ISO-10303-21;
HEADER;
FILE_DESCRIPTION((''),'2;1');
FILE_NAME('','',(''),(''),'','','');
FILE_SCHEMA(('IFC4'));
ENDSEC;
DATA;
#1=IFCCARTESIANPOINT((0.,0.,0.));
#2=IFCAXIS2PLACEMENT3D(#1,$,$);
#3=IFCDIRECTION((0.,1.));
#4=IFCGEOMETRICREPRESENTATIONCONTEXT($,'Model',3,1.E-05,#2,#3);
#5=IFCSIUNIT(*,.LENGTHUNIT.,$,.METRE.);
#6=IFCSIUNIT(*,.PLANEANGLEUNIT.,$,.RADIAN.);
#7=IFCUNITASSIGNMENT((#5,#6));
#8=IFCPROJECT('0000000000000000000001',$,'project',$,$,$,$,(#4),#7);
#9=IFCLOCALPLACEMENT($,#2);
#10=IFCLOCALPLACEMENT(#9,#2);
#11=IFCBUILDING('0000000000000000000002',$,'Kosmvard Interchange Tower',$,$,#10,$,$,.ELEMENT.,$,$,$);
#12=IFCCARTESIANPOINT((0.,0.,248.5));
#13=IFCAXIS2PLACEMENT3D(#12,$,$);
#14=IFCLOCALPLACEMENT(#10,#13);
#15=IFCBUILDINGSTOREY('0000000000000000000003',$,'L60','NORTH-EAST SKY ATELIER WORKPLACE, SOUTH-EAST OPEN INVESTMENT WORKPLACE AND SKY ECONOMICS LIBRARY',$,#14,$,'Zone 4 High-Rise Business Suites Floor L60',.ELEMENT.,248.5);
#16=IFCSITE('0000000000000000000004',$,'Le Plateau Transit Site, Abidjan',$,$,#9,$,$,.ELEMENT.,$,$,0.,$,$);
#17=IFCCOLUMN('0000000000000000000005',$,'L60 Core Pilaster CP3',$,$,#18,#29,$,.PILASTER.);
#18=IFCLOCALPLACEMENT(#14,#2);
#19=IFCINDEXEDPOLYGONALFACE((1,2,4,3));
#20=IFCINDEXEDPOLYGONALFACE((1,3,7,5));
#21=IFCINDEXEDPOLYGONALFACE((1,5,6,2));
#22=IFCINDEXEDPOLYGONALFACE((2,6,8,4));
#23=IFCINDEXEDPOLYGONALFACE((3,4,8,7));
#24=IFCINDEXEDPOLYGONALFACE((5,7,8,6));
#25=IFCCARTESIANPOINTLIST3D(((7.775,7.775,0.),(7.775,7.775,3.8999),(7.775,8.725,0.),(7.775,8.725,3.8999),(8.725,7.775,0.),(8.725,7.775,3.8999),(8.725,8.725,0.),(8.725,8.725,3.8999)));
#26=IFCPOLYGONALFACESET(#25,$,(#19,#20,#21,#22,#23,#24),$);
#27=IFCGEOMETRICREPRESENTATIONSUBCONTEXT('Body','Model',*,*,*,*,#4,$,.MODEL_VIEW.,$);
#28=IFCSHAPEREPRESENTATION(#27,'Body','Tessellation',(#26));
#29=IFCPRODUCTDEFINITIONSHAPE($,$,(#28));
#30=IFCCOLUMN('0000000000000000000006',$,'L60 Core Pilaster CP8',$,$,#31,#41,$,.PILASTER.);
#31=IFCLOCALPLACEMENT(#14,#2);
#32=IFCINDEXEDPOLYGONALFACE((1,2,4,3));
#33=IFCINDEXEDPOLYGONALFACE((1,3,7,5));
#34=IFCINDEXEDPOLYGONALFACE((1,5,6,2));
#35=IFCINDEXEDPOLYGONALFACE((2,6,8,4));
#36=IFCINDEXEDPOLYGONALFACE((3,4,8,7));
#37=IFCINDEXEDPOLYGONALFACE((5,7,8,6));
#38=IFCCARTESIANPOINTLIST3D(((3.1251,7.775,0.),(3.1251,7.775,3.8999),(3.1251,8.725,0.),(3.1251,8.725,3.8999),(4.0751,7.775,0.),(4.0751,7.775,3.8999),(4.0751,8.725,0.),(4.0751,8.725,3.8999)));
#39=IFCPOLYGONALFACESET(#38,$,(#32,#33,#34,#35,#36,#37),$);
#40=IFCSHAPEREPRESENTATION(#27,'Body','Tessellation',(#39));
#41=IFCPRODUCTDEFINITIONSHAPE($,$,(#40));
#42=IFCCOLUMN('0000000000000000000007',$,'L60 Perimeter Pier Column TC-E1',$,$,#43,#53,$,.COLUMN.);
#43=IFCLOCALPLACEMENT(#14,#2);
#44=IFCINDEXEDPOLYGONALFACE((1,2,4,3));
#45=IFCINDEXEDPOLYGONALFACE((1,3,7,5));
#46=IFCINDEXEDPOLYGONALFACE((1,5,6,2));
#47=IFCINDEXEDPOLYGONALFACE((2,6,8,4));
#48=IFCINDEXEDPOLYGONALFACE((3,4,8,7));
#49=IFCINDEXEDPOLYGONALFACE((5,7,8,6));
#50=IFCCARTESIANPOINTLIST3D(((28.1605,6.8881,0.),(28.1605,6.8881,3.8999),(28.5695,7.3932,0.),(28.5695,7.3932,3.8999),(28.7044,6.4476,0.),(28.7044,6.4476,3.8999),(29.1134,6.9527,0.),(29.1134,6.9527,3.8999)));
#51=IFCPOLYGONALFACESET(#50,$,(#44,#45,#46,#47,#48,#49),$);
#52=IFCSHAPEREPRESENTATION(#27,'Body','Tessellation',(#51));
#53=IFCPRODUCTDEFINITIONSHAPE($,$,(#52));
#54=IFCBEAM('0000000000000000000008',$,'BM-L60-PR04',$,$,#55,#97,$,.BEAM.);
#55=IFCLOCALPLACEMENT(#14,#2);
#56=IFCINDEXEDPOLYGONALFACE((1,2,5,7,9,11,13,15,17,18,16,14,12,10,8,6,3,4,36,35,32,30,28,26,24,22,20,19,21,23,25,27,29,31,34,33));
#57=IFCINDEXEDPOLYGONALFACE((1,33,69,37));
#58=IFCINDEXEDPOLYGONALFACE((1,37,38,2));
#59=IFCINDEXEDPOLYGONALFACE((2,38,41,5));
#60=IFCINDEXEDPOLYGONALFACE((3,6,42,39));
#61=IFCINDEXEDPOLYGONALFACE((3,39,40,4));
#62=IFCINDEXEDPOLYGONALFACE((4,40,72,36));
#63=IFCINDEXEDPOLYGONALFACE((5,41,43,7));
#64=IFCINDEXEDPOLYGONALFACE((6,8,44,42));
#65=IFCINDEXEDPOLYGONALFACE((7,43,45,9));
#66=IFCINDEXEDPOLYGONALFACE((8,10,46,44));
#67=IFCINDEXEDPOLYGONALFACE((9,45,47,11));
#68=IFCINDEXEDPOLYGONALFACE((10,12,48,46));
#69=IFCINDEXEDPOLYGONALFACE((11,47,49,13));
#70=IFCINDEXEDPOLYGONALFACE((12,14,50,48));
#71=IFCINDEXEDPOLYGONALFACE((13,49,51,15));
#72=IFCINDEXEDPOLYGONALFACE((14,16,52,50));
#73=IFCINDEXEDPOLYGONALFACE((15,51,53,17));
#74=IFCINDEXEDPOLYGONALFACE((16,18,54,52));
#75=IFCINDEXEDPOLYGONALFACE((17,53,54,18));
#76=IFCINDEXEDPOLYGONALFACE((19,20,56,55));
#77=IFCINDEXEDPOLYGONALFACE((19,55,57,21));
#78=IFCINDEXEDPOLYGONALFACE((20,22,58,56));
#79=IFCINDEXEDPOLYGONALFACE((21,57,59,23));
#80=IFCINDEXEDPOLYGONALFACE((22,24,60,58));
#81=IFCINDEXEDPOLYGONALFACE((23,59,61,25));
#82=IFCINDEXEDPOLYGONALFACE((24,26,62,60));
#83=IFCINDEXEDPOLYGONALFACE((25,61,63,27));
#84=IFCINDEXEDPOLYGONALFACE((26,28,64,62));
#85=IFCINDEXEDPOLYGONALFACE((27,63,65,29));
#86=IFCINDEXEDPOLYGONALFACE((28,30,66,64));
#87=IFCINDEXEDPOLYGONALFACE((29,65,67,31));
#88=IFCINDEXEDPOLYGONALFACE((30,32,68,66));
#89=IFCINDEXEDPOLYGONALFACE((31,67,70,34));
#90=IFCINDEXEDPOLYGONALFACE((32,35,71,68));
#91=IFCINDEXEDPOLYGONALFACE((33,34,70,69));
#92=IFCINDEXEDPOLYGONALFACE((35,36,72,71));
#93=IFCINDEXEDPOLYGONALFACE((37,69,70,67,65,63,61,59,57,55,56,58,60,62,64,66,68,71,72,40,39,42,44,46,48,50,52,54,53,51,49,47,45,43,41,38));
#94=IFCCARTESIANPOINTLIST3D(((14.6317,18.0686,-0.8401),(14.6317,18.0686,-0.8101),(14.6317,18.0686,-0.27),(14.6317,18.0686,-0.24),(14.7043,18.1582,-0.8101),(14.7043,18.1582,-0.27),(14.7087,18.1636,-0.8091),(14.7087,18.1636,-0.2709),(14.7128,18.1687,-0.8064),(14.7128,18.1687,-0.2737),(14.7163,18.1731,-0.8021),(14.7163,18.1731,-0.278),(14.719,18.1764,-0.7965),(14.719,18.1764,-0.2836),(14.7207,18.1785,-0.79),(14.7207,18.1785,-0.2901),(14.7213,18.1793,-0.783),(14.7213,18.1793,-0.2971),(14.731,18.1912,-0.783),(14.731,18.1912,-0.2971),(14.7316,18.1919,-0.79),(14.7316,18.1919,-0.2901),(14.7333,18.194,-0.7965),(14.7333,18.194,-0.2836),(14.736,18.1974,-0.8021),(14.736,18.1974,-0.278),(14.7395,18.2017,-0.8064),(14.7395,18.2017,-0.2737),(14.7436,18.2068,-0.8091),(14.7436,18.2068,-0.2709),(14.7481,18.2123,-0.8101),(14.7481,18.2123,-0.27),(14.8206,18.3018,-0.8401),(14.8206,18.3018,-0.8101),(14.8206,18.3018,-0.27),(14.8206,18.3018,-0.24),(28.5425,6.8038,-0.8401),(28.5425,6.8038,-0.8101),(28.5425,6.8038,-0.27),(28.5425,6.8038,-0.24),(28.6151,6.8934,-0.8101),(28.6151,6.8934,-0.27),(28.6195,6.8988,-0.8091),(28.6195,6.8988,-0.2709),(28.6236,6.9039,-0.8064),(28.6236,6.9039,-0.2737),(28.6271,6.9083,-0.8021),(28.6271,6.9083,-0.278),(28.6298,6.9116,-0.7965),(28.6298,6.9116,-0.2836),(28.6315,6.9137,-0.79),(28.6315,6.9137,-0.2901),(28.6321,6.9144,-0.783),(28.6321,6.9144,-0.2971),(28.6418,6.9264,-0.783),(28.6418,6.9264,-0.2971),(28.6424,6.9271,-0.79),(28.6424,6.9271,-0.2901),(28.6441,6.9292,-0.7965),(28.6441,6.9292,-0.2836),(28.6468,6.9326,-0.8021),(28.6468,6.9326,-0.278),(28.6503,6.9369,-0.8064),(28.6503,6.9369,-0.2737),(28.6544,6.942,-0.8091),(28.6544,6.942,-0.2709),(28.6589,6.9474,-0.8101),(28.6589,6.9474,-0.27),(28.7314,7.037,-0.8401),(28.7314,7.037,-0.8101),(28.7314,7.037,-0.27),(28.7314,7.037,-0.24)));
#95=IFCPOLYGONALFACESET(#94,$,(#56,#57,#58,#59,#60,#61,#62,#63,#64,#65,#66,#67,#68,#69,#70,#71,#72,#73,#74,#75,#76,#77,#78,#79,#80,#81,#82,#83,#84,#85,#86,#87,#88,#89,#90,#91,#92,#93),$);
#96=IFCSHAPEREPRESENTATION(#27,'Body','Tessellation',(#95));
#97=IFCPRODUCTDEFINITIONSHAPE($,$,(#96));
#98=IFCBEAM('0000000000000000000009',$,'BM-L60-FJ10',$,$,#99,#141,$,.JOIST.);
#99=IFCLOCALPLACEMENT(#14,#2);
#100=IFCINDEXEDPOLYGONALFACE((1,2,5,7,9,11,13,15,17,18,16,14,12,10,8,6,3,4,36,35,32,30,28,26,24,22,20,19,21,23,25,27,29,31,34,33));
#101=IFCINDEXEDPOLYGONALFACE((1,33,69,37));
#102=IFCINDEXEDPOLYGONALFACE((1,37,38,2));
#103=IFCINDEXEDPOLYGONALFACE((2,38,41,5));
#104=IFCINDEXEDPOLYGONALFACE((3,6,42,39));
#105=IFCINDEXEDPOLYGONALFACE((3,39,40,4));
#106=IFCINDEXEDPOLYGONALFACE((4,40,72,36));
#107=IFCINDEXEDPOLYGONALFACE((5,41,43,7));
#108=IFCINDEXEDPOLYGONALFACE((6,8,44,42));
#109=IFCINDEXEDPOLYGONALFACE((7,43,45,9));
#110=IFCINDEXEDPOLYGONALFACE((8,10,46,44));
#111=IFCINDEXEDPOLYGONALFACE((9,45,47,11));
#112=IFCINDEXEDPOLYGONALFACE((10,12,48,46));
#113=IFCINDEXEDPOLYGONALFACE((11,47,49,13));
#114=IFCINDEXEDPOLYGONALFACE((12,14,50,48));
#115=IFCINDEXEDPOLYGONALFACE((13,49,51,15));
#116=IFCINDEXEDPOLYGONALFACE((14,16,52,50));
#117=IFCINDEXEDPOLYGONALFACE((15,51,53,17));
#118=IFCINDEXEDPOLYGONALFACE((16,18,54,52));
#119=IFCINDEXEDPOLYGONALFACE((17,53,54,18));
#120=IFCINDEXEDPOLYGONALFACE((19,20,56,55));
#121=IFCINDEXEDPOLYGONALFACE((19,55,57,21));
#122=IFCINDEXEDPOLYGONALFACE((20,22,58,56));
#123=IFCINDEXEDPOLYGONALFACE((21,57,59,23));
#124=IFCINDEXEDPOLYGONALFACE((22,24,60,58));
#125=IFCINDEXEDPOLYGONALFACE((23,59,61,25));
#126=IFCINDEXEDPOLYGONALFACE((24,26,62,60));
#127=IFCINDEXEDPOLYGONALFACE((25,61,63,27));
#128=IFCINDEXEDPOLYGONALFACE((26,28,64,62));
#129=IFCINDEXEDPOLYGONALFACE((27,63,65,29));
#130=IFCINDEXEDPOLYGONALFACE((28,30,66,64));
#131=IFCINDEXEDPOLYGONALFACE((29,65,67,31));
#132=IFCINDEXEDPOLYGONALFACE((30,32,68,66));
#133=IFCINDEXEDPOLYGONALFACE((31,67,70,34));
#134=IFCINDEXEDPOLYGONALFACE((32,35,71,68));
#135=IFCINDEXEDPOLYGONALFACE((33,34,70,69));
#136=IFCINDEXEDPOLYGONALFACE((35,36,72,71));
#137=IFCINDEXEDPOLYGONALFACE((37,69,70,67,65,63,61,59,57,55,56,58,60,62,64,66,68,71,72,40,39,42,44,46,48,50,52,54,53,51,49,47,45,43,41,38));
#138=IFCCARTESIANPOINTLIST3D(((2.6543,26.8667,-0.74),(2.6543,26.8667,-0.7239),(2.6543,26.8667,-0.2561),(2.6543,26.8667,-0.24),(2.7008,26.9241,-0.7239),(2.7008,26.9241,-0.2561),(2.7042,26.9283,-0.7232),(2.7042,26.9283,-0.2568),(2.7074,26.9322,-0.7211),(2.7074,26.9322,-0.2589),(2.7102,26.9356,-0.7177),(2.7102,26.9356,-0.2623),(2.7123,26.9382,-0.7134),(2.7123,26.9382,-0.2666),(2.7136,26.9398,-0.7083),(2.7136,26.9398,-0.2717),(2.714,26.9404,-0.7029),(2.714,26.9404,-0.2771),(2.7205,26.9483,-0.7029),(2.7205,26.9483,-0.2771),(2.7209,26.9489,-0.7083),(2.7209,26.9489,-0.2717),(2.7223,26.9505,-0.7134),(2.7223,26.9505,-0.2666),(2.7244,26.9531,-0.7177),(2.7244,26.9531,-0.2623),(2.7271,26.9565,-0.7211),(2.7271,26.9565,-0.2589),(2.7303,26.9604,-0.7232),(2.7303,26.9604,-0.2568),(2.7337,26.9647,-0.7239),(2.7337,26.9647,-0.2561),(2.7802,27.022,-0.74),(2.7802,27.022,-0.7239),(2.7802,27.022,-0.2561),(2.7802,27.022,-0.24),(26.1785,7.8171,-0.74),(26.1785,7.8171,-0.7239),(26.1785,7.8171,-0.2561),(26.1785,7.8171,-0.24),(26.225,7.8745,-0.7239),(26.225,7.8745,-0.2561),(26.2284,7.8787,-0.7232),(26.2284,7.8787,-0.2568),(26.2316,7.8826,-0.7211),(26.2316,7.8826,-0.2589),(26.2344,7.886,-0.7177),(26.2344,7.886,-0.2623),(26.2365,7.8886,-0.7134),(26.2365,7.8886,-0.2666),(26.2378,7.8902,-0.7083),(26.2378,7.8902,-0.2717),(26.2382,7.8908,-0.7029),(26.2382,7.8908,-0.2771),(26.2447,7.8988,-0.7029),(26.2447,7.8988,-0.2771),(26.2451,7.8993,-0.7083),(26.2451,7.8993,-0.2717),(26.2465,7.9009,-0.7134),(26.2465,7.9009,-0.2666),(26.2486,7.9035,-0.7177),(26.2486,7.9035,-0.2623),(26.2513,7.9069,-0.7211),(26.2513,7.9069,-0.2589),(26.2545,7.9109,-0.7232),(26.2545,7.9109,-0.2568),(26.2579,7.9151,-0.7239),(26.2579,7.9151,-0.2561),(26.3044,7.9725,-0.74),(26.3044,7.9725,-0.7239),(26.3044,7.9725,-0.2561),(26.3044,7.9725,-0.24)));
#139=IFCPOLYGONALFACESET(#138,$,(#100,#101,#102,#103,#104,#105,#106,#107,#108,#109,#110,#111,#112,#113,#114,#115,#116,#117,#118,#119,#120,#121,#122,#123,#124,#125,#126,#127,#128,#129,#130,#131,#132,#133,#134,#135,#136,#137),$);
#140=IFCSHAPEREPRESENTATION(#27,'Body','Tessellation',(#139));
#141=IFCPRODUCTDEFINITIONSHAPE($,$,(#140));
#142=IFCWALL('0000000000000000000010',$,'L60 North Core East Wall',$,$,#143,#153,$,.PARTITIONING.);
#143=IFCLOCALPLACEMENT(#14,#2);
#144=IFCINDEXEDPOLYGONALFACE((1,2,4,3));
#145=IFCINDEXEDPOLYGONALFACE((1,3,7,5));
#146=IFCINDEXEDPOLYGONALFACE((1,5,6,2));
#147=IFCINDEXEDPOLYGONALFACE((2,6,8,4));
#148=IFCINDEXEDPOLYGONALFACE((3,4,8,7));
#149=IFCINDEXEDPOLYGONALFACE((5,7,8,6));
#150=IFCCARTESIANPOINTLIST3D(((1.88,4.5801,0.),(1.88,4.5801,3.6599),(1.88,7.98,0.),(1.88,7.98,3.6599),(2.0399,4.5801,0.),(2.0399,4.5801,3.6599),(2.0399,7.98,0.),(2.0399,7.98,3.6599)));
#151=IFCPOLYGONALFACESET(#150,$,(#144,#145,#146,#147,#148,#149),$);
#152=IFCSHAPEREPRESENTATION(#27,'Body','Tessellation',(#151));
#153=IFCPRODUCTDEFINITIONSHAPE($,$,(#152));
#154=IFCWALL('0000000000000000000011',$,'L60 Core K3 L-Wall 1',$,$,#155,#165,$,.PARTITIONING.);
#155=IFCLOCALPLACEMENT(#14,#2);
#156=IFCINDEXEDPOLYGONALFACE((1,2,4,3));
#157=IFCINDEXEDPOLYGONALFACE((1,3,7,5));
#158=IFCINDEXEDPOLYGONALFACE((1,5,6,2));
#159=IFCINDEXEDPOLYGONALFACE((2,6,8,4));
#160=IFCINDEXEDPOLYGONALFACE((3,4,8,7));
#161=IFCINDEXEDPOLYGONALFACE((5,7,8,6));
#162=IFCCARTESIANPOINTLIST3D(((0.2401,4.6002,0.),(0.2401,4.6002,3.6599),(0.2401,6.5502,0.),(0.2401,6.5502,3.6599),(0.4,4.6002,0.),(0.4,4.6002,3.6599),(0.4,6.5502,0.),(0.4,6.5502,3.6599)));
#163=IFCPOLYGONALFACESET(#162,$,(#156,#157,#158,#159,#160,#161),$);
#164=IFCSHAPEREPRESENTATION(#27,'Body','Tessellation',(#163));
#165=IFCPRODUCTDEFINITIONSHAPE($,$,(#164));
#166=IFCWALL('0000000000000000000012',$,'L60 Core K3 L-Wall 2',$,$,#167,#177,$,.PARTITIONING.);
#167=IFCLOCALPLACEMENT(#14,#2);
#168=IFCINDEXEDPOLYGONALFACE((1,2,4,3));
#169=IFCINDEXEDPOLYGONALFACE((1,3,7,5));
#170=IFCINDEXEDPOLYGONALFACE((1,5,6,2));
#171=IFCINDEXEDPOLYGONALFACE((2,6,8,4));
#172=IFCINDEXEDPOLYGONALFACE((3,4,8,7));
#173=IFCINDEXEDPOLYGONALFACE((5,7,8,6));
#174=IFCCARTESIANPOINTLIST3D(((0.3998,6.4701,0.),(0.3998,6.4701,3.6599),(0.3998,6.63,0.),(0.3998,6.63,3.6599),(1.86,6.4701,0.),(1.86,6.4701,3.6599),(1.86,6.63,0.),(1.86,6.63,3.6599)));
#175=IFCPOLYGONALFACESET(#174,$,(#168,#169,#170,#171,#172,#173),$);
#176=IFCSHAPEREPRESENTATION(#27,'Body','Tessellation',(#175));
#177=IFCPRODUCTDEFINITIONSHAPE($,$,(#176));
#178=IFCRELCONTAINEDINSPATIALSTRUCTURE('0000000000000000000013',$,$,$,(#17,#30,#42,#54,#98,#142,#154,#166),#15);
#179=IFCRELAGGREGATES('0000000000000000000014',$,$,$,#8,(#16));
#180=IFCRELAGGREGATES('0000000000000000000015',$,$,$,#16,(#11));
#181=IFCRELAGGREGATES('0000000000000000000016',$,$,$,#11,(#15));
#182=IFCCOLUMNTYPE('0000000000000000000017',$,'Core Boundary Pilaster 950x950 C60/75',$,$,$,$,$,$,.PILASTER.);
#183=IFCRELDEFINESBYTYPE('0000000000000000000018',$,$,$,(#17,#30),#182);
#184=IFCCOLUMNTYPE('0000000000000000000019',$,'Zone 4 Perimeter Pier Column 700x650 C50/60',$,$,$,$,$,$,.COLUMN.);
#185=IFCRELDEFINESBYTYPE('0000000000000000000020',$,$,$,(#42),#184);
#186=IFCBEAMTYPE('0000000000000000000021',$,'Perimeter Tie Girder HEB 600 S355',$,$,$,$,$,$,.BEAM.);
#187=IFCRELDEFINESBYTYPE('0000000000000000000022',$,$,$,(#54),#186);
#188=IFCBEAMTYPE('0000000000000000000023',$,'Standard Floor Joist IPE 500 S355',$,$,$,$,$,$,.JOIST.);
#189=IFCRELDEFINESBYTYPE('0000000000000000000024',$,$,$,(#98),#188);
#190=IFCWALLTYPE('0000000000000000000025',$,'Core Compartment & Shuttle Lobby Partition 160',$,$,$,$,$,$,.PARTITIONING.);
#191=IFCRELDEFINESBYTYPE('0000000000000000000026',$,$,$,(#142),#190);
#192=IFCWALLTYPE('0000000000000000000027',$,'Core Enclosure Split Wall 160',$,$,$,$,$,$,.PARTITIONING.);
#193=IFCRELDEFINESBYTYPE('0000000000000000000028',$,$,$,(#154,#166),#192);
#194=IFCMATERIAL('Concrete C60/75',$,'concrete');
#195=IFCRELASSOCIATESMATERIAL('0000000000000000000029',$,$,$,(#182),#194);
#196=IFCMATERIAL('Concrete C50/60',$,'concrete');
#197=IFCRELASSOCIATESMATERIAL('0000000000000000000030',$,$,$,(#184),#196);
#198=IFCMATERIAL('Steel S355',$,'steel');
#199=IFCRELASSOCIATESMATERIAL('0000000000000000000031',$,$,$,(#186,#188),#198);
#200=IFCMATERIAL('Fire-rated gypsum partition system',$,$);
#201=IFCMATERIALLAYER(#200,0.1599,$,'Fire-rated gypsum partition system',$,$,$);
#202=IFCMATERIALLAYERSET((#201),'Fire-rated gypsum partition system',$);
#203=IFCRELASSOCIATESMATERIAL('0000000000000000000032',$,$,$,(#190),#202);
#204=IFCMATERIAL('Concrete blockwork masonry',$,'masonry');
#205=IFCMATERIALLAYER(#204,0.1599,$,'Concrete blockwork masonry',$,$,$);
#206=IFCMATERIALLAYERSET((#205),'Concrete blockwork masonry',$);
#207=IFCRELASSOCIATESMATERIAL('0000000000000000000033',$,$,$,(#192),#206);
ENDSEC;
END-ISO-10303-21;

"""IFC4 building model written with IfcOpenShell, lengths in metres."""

from ifc_helpers import new_model, si_unit, direction, frame, frame_2d, origin, origin_2d, place, context, subcontext, project, spatial, rectangle, i_section, extrude, source, transform, mapped, material, layer, layer_set, material_profile, profile_set, type_object, element, save


model = new_model("IFC4")

# Units and contexts
model_context = context("Model", 3, precision=1e-05, world=origin(), true_north=direction((0.0, 1.0)))
body_context = subcontext(model_context, "Body", "Model", "MODEL_VIEW")
ifc_project = project(units=[si_unit("LENGTHUNIT", "METRE"), si_unit("PLANEANGLEUNIT", "RADIAN")], contexts=[model_context])

# Site, building, storey
site_placement = place(None, origin())
site = spatial("IfcSite", under=ifc_project, at=site_placement, Name="Le Plateau Transit Site, Abidjan", CompositionType="ELEMENT", RefElevation=0.0)
building_placement = place(site_placement, origin())
building = spatial("IfcBuilding", under=site, at=building_placement, Name="Kosmvard Interchange Tower", CompositionType="ELEMENT")
storey_placement = place(building_placement, frame((0.0, 0.0, 248.5)))
storey = spatial("IfcBuildingStorey", under=building, at=storey_placement, Name="L60", Description="NORTH-EAST SKY ATELIER WORKPLACE, SOUTH-EAST OPEN INVESTMENT WORKPLACE AND SKY ECONOMICS LIBRARY", LongName="Zone 4 High-Rise Business Suites Floor L60", CompositionType="ELEMENT", Elevation=248.5)

# Columns
ifc_material_1 = material(Name="Concrete C60/75", Category="concrete")
ifc_material_profile_1 = material_profile(ifc_material_1, rectangle(XDim=0.95, YDim=0.95, at=origin_2d()), Name="CP 950x950")
ifc_profile_set_1 = profile_set([ifc_material_profile_1], Name="Concrete C60/75")
column_type_1 = type_object("IfcColumnType", Name="Core Boundary Pilaster 950x950 C60/75", PredefinedType="PILASTER", material=ifc_profile_set_1)
shared_shape_1 = source(origin(), body_context, "Body", "SweptSolid", [
    extrude(rectangle(XDim=0.95, YDim=0.95, at=origin_2d()), origin(), (0.0, 0.0, 1.0), 3.8999),
])
for number, where, z_axis, x_axis, name in (
    (1, (8.25, 8.25, 0.0), (0.0, 0.0, 1.0), (1.0, 0.0, 0.0), "L60 Core Pilaster CP3"),
    (2, (3.6001, 8.25, 0.0), (0.0, 0.0, 1.0), (1.0, 0.0, 0.0), "L60 Core Pilaster CP8"),
):
    element("IfcColumn", number, at=place(storey_placement, frame(where, z_axis=z_axis, x_axis=x_axis)), inside=storey, type_object=column_type_1, Name=name, PredefinedType="PILASTER", context=body_context, shape_type="MappedRepresentation", body=[
        mapped(shared_shape_1, transform((0.0, 0.0, 0.0), scale=1.0)),
    ])
ifc_material_2 = material(Name="Concrete C50/60", Category="concrete")
ifc_material_profile_2 = material_profile(ifc_material_2, rectangle(XDim=0.6499, YDim=0.7, at=origin_2d()), Name="TC 700x650")
ifc_profile_set_2 = profile_set([ifc_material_profile_2], Name="Concrete C50/60")
column_type_2 = type_object("IfcColumnType", Name="Zone 4 Perimeter Pier Column 700x650 C50/60", PredefinedType="COLUMN", material=ifc_profile_set_2)
shared_shape_2 = source(origin(), body_context, "Body", "SweptSolid", [
    extrude(rectangle(XDim=0.6499, YDim=0.7, at=origin_2d()), origin(), (0.0, 0.0, 1.0), 3.8999),
])
column_placement = place(storey_placement, frame((28.637, 6.9204, 0.0), z_axis=(0.0, 0.0, 1.0), x_axis=(0.62932, 0.777146, 0.0)))
element("IfcColumn", 3, at=column_placement, inside=storey, type_object=column_type_2, Name="L60 Perimeter Pier Column TC-E1", PredefinedType="COLUMN", context=body_context, shape_type="MappedRepresentation", body=[
    mapped(shared_shape_2, transform((0.0, 0.0, 0.0), scale=1.0)),
])

# Beams
ifc_material_3 = material(Name="Steel S355", Category="steel")
ifc_material_profile_3 = material_profile(ifc_material_3, i_section(OverallWidth=0.3, OverallDepth=0.6001, WebThickness=0.0154, FlangeThickness=0.03, FilletRadius=0.0271, at=origin_2d()), Name="HEB 600")
ifc_profile_set_3 = profile_set([ifc_material_profile_3], Name="Steel S355")
beam_type_1 = type_object("IfcBeamType", Name="Perimeter Tie Girder HEB 600 S355", PredefinedType="BEAM", material=ifc_profile_set_3)
shared_shape_3 = source(origin(), body_context, "Body", "SweptSolid", [
    extrude(i_section(OverallWidth=0.3, OverallDepth=0.6001, WebThickness=0.0154, FlangeThickness=0.03, FilletRadius=0.0271, at=origin_2d()), origin(), (0.0, 0.0, 1.0), 17.8999),
])
beam_1_placement = place(storey_placement, frame((28.637, 6.9204, -0.54), z_axis=(-0.777144, 0.629323, 0.0), x_axis=(-0.629323, -0.777144, 0.0)))
element("IfcBeam", 4, at=beam_1_placement, inside=storey, type_object=beam_type_1, Name="BM-L60-PR04", PredefinedType="BEAM", context=body_context, shape_type="MappedRepresentation", body=[
    mapped(shared_shape_3, transform((0.0, 0.0, 0.0), scale=1.0)),
])
ifc_material_profile_4 = material_profile(ifc_material_3, i_section(OverallWidth=0.2, OverallDepth=0.5, WebThickness=0.0103, FlangeThickness=0.0161, FilletRadius=0.021, at=origin_2d()), Name="IPE 500")
ifc_profile_set_4 = profile_set([ifc_material_profile_4], Name="Steel S355")
beam_type_2 = type_object("IfcBeamType", Name="Standard Floor Joist IPE 500 S355", PredefinedType="JOIST", material=ifc_profile_set_4)
shared_shape_4 = source(origin(), body_context, "Body", "SweptSolid", [
    extrude(i_section(OverallWidth=0.2, OverallDepth=0.5, WebThickness=0.0103, FlangeThickness=0.0161, FilletRadius=0.021, at=origin_2d()), origin(), (0.0, 0.0, 1.0), 30.27),
])
beam_2_placement = place(storey_placement, frame((26.2415, 7.8948, -0.49), z_axis=(-0.777145, 0.629322, 0.0), x_axis=(-0.629322, -0.777145, 0.0)))
element("IfcBeam", 5, at=beam_2_placement, inside=storey, type_object=beam_type_2, Name="BM-L60-FJ10", PredefinedType="JOIST", context=body_context, shape_type="MappedRepresentation", body=[
    mapped(shared_shape_4, transform((0.0, 0.0, 0.0), scale=1.0)),
])

# Walls
ifc_material_4 = material(Name="Fire-rated gypsum partition system")
ifc_layer_1 = layer(ifc_material_4, 0.1599, Name="Fire-rated gypsum partition system")
ifc_layer_set_1 = layer_set([ifc_layer_1], Name="Fire-rated gypsum partition system")
wall_type_1 = type_object("IfcWallType", Name="Core Compartment & Shuttle Lobby Partition 160", PredefinedType="PARTITIONING", material=ifc_layer_set_1)
wall_1_placement = place(storey_placement, frame((1.96, 4.5801, 0.0), z_axis=(0.0, 0.0, 1.0), x_axis=(0.0, 1.0, 0.0)))
element("IfcWall", 6, at=wall_1_placement, inside=storey, type_object=wall_type_1, Name="L60 North Core East Wall", PredefinedType="PARTITIONING", context=body_context, shape_type="SweptSolid", body=[
    extrude(rectangle(XDim=3.3999, YDim=0.1599, at=frame_2d((1.7, 0.0))), origin(), (0.0, 0.0, 1.0), 3.6599),
])
ifc_material_5 = material(Name="Concrete blockwork masonry", Category="masonry")
ifc_layer_2 = layer(ifc_material_5, 0.1599, Name="Concrete blockwork masonry")
ifc_layer_set_2 = layer_set([ifc_layer_2], Name="Concrete blockwork masonry")
wall_type_2 = type_object("IfcWallType", Name="Core Enclosure Split Wall 160", PredefinedType="PARTITIONING", material=ifc_layer_set_2)
wall_2_placement = place(storey_placement, frame((0.3201, 4.6001, 0.0), z_axis=(0.0, 0.0, 1.0), x_axis=(0.0, 1.0, 0.0)))
element("IfcWall", 7, at=wall_2_placement, inside=storey, type_object=wall_type_2, Name="L60 Core K3 L-Wall 1", PredefinedType="PARTITIONING", context=body_context, shape_type="SweptSolid", body=[
    extrude(rectangle(XDim=1.95, YDim=0.1599, at=frame_2d((0.9751, 0.0))), origin(), (0.0, 0.0, 1.0), 3.6599),
])
wall_3_placement = place(storey_placement, frame((0.3999, 6.55, 0.0), z_axis=(0.0, 0.0, 1.0), x_axis=(1.0, 0.0, 0.0)))
element("IfcWall", 8, at=wall_3_placement, inside=storey, type_object=wall_type_2, Name="L60 Core K3 L-Wall 2", PredefinedType="PARTITIONING", context=body_context, shape_type="SweptSolid", body=[
    extrude(rectangle(XDim=1.4602, YDim=0.1599, at=frame_2d((0.73, 0.0))), origin(), (0.0, 0.0, 1.0), 3.6599),
])

save(model, "model.ifc")
